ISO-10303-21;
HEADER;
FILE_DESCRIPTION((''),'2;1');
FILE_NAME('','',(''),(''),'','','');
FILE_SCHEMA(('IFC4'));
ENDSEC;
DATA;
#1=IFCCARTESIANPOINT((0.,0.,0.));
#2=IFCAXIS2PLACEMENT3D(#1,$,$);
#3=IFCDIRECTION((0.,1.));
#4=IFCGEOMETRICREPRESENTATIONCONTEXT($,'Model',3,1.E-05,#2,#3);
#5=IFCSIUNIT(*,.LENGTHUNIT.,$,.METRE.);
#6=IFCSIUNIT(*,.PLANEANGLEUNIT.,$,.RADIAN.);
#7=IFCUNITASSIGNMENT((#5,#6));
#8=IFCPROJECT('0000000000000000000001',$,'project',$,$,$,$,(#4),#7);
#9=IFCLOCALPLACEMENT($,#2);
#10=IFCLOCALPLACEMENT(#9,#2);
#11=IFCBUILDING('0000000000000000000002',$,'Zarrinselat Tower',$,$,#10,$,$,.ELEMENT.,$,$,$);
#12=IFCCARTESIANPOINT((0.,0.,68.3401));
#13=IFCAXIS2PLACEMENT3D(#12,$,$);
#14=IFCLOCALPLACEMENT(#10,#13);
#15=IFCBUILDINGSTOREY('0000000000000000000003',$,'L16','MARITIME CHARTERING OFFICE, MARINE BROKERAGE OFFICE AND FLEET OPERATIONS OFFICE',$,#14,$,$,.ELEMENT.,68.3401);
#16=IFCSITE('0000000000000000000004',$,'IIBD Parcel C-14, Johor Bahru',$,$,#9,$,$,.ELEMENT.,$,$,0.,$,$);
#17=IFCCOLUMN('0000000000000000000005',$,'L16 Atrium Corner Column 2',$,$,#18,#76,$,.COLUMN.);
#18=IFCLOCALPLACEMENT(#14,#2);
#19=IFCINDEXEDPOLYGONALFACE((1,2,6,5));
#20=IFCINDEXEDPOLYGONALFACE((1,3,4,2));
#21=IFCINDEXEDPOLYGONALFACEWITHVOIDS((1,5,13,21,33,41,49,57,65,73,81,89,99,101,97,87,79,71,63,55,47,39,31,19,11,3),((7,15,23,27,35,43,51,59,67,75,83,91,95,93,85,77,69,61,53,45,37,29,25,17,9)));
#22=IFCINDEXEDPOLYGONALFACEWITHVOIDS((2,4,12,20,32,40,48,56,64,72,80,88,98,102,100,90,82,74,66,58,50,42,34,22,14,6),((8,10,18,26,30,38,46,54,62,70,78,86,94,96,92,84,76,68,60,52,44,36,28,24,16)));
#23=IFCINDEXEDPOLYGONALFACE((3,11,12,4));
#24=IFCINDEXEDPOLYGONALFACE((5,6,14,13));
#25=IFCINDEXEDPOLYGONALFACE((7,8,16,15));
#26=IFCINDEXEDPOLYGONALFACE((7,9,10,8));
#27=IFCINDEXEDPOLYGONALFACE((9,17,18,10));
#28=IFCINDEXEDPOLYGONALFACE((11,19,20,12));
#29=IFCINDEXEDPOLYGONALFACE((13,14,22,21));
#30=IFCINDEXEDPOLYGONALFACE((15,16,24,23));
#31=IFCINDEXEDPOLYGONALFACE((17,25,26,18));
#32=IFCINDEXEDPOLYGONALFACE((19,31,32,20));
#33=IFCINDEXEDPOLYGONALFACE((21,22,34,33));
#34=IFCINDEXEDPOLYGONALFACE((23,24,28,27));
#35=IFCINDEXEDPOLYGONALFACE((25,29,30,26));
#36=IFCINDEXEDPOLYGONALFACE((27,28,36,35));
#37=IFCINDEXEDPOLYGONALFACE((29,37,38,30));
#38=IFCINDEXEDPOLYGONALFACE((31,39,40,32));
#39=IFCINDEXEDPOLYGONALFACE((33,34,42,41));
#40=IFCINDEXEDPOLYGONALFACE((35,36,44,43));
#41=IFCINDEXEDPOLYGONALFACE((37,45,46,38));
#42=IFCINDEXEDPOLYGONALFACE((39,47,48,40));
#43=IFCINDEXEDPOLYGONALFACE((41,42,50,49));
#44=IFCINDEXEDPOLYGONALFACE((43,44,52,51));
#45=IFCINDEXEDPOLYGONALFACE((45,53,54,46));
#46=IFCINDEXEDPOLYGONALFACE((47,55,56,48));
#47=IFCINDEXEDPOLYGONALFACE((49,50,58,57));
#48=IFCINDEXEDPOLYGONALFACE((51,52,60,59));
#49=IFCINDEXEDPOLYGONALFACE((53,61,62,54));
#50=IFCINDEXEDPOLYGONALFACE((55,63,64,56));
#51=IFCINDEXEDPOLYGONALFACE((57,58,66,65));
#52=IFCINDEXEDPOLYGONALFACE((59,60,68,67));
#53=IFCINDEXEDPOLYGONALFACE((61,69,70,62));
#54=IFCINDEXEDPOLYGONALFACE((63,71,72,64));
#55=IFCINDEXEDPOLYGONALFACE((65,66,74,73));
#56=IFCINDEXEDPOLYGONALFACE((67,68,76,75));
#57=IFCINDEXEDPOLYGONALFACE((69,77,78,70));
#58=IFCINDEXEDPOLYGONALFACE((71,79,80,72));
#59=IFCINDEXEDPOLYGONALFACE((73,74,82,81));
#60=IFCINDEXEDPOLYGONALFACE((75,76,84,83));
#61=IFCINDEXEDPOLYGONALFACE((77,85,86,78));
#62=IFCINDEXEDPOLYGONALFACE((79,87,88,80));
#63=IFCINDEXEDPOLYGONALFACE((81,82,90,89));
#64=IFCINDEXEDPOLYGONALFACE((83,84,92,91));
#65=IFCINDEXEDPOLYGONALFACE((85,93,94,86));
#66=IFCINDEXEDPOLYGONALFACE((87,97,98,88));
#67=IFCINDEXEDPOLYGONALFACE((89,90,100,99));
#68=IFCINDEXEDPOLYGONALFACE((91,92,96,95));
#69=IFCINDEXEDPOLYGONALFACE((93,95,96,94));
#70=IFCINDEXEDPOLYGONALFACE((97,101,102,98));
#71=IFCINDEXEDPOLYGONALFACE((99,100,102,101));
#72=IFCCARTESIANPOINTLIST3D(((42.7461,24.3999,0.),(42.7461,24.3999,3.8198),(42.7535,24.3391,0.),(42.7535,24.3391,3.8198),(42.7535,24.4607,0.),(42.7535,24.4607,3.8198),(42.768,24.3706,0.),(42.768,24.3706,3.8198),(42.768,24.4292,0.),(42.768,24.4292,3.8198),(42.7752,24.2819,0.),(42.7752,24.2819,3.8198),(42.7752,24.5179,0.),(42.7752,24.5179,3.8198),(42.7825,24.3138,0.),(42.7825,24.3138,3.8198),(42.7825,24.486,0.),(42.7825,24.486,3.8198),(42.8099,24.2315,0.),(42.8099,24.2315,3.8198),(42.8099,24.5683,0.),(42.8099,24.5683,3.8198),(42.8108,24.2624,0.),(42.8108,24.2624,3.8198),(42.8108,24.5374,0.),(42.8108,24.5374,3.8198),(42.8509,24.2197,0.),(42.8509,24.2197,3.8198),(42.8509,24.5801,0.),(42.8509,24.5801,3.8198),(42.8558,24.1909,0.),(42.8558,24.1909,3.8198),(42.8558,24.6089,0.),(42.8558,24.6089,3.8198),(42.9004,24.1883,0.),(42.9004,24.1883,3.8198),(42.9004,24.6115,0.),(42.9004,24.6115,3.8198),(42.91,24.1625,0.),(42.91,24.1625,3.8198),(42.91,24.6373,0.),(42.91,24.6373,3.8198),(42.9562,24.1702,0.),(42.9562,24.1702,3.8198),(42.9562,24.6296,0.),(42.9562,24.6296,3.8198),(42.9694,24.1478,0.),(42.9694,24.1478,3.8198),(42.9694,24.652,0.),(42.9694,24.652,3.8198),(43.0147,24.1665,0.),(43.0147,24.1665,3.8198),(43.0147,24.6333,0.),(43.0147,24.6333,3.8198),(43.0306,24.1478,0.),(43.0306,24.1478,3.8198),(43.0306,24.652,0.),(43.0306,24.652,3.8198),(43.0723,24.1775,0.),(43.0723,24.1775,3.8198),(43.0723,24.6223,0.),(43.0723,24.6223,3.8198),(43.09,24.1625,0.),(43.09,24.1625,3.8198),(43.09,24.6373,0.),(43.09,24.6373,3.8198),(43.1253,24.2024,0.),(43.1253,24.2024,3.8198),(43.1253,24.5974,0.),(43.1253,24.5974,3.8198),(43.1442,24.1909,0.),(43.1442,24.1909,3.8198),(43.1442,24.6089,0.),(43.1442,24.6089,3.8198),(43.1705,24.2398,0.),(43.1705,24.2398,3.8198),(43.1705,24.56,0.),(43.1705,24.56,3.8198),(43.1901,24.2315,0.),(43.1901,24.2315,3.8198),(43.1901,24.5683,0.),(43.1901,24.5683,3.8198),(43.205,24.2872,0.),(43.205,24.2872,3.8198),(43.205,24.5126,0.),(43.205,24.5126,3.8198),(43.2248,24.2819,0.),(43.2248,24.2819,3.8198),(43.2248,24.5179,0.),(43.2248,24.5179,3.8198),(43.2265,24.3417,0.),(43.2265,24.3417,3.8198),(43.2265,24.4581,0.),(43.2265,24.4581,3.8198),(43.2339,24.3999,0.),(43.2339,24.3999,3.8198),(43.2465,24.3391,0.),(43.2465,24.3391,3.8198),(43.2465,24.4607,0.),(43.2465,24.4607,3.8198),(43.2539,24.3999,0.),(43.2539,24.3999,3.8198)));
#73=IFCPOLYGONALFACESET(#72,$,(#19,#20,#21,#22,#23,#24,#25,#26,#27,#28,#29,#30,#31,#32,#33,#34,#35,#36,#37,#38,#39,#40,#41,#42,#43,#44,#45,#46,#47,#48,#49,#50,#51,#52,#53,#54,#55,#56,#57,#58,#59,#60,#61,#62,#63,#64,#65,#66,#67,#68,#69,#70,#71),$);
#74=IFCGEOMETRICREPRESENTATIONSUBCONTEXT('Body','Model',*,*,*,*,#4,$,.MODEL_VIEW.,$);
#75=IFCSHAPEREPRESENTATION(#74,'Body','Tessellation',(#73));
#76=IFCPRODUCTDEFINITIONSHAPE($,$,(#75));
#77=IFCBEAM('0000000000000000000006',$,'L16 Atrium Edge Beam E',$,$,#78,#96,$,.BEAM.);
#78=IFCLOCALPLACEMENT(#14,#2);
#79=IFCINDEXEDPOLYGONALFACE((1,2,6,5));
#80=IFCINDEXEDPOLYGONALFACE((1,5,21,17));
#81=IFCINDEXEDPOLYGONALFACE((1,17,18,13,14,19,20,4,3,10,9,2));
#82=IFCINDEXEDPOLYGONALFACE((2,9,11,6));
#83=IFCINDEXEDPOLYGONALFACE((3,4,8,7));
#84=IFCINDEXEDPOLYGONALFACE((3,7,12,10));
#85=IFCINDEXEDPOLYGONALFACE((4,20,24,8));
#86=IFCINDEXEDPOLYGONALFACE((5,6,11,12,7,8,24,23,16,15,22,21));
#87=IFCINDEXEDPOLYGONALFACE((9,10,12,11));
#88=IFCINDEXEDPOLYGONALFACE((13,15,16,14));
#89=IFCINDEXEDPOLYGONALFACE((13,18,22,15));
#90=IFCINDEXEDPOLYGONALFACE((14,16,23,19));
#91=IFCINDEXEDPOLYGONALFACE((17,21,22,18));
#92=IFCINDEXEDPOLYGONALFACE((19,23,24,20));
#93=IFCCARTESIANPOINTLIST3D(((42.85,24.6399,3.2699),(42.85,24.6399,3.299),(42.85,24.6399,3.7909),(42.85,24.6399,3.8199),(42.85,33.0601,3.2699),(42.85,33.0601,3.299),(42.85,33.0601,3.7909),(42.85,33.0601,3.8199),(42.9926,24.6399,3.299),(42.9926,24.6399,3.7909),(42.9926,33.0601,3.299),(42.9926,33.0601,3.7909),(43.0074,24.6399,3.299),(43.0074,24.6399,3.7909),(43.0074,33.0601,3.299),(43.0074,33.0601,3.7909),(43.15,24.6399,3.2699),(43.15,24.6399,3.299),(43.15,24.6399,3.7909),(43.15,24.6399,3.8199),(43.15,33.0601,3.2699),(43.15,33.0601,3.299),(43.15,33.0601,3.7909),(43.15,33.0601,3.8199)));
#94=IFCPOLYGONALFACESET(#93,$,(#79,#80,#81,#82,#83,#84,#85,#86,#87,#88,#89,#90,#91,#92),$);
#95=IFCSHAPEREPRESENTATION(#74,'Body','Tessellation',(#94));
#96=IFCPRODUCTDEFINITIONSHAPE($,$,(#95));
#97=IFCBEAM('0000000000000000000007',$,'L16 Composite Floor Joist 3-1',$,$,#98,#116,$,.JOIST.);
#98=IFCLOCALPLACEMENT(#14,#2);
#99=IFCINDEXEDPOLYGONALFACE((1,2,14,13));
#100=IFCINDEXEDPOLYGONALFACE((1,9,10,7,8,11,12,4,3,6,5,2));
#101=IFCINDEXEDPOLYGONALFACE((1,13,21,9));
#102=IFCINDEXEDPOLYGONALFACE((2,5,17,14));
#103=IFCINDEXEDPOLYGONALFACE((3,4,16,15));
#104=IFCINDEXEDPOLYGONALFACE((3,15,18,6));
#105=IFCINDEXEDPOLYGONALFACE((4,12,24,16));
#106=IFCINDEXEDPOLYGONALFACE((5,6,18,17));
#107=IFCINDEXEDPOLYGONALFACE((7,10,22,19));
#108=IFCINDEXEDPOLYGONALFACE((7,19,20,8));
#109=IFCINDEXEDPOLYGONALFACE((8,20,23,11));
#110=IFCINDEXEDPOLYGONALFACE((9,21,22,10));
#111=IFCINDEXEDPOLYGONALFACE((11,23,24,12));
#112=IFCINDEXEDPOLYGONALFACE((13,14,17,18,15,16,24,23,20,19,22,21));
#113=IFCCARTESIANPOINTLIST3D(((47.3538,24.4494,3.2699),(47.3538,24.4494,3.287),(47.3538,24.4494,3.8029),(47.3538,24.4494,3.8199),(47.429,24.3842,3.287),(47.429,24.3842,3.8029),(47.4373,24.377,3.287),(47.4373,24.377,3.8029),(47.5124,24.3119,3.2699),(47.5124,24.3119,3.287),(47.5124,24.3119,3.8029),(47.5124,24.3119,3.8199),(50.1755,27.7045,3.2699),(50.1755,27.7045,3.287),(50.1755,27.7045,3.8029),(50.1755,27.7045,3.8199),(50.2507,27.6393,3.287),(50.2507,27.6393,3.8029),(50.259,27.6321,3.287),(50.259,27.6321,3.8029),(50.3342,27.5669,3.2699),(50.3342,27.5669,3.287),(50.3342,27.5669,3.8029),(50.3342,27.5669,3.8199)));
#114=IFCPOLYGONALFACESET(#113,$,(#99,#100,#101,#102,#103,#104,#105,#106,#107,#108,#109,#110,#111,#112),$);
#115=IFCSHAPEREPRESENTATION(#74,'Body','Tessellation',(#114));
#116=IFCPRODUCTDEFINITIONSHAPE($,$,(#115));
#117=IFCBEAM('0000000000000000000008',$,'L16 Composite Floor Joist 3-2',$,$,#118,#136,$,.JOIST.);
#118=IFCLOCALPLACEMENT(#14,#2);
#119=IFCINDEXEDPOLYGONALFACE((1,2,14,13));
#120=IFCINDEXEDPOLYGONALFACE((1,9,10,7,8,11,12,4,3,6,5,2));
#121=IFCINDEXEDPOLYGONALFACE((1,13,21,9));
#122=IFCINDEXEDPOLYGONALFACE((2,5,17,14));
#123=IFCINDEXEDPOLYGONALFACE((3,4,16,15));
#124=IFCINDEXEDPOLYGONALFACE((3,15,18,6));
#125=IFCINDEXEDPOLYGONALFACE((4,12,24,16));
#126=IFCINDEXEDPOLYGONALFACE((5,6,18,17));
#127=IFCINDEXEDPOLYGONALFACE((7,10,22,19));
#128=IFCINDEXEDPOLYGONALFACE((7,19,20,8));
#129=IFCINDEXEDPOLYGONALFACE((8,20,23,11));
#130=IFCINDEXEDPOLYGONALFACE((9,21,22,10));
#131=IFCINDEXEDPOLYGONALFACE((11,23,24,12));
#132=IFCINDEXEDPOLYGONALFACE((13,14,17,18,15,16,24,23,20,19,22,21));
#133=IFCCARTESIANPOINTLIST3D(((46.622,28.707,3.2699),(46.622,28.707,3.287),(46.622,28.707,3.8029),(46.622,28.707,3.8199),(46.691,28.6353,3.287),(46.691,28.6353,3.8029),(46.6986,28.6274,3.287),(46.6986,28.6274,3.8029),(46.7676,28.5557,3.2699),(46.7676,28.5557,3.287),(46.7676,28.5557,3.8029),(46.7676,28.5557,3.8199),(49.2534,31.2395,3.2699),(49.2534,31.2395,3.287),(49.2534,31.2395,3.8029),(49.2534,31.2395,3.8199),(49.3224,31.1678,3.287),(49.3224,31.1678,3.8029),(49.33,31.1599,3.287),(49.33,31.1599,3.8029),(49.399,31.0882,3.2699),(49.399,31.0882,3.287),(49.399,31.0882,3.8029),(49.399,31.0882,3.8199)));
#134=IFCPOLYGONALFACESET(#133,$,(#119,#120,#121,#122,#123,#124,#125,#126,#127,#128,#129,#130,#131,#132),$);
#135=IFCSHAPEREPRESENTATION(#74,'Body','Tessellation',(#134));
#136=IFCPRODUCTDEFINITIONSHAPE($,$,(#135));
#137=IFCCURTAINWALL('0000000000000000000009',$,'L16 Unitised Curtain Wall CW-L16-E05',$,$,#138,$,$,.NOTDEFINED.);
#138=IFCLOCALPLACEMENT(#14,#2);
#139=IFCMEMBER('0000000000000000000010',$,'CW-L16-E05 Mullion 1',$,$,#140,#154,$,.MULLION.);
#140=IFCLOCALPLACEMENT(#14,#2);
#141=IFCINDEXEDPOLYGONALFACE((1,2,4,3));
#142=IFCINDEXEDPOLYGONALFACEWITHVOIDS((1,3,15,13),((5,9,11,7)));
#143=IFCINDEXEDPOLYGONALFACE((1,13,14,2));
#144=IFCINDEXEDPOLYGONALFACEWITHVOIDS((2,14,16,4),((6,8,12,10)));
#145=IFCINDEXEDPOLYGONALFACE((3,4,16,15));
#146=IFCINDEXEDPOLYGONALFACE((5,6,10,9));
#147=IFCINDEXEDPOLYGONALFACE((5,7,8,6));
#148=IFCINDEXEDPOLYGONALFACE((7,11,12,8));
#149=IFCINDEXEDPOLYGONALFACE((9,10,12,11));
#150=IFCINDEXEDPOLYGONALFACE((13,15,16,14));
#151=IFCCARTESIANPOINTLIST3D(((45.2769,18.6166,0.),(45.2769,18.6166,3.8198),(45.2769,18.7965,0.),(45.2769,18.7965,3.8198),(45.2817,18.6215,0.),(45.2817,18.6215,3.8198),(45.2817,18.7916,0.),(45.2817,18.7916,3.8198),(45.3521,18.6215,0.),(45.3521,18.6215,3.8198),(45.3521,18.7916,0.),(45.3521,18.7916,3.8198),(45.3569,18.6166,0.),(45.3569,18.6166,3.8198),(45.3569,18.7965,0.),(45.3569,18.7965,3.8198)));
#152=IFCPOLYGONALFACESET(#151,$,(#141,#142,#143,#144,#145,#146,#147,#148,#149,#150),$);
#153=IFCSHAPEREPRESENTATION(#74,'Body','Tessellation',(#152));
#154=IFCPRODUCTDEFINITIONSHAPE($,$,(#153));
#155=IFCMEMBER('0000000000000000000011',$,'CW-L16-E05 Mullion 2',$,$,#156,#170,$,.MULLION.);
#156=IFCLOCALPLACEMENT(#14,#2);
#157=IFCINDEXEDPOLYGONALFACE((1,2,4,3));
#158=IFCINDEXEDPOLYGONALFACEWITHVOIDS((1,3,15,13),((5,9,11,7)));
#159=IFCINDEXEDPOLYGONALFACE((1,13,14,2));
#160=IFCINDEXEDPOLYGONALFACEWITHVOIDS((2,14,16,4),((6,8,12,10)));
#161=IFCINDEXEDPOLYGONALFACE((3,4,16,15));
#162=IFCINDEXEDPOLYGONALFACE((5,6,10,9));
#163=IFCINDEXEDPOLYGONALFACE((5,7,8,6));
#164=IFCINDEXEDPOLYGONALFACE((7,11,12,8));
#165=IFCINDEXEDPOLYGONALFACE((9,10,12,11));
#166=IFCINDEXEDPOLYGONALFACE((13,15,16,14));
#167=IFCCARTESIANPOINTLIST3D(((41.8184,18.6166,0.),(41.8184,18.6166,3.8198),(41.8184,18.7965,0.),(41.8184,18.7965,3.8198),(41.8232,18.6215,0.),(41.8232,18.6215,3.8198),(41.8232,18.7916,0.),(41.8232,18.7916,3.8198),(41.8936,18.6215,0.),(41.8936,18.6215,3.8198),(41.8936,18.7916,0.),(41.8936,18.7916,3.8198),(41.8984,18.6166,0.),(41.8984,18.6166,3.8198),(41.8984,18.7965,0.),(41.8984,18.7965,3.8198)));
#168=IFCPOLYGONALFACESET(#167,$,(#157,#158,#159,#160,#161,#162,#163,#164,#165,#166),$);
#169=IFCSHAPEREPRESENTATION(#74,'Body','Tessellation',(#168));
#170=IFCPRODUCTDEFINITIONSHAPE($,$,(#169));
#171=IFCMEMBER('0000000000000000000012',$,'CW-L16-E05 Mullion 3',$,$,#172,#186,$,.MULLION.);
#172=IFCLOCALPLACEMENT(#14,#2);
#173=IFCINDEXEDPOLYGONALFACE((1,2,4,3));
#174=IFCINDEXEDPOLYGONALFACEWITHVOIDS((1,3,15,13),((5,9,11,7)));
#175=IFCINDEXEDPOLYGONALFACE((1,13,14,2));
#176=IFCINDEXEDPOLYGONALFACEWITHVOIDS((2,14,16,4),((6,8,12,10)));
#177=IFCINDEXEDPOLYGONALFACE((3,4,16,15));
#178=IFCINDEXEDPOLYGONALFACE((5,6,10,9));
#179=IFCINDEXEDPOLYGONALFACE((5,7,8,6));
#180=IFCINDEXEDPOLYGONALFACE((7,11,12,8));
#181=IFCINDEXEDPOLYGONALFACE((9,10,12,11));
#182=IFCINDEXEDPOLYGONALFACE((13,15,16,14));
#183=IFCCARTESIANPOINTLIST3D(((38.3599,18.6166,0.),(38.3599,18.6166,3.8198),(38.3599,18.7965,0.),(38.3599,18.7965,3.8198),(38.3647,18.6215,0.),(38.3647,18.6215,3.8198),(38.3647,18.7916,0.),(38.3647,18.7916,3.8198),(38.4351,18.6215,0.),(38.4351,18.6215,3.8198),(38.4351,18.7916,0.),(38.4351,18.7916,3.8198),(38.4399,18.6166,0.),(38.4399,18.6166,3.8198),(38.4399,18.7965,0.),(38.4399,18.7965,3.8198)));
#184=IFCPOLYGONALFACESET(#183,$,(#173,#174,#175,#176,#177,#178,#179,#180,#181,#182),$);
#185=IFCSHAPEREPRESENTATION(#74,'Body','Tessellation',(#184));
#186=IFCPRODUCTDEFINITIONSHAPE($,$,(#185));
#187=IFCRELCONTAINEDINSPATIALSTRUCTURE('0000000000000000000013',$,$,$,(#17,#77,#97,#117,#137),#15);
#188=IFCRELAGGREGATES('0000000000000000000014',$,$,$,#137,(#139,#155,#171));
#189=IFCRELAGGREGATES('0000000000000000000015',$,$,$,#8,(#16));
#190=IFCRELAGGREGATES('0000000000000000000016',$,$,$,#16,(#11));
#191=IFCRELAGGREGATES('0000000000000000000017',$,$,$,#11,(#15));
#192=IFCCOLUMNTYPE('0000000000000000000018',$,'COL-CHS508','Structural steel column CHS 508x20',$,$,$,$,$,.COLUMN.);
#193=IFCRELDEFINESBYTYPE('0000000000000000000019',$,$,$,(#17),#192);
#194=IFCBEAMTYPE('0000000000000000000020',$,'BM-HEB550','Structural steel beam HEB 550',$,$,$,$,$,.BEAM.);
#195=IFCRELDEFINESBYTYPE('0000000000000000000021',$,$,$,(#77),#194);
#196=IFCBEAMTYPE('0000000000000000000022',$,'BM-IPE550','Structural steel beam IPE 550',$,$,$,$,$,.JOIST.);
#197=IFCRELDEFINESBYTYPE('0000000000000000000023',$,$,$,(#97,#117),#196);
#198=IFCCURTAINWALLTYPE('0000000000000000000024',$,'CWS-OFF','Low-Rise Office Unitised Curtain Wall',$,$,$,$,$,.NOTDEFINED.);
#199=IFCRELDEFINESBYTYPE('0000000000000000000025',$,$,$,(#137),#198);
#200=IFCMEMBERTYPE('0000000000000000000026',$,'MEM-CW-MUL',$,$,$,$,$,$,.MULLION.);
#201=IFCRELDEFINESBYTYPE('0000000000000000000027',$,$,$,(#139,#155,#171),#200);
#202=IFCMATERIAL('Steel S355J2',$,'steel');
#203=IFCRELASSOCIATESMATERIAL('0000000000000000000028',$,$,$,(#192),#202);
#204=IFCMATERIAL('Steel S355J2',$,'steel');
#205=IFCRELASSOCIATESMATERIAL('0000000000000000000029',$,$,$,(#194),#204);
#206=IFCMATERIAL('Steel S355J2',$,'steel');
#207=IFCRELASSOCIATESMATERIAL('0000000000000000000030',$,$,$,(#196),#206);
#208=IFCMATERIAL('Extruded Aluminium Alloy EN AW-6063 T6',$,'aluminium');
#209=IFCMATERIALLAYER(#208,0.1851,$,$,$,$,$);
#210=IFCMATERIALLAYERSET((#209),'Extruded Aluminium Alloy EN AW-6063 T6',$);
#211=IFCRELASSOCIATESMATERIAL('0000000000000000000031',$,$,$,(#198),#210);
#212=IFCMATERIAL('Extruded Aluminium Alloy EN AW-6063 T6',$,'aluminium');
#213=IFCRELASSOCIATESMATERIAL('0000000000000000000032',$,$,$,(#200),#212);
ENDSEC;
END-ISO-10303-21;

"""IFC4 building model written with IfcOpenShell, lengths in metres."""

from ifc_helpers import new_model, si_unit, direction, frame, origin, origin_2d, place, context, subcontext, project, spatial, hollow_rectangle, hollow_circle, i_section, extrude, material, layer, layer_set, material_profile, profile_set, type_object, element, aggregate, save


model = new_model("IFC4")

# Units and contexts
model_context = context("Model", 3, precision=1e-05, world=origin(), true_north=direction((0.0, 1.0)))
body_context = subcontext(model_context, "Body", "Model", "MODEL_VIEW")
ifc_project = project(units=[si_unit("LENGTHUNIT", "METRE"), si_unit("PLANEANGLEUNIT", "RADIAN")], contexts=[model_context])

# Site, building, storey
site_placement = place(None, origin())
site = spatial("IfcSite", under=ifc_project, at=site_placement, Name="IIBD Parcel C-14, Johor Bahru", CompositionType="ELEMENT", RefElevation=0.0)
building_placement = place(site_placement, origin())
building = spatial("IfcBuilding", under=site, at=building_placement, Name="Zarrinselat Tower", CompositionType="ELEMENT")
storey_placement = place(building_placement, frame((0.0, 0.0, 68.3401)))
storey = spatial("IfcBuildingStorey", under=building, at=storey_placement, Name="L16", Description="MARITIME CHARTERING OFFICE, MARINE BROKERAGE OFFICE AND FLEET OPERATIONS OFFICE", CompositionType="ELEMENT", Elevation=68.3401)

# Column
ifc_material_1 = material(Name="Steel S355J2", Category="steel")
ifc_material_profile_1 = material_profile(ifc_material_1, hollow_circle(Radius=0.2539, WallThickness=0.02, at=origin_2d()), Name="CHS 508x20")
ifc_profile_set_1 = profile_set([ifc_material_profile_1], Name="Steel S355J2")
column_type = type_object("IfcColumnType", Name="COL-CHS508", Description="Structural steel column CHS 508x20", PredefinedType="COLUMN", material=ifc_profile_set_1)
column_placement = place(storey_placement, frame((43.0, 24.3999, 0.0), z_axis=(0.0, 0.0, 1.0), x_axis=(1.0, 0.0, 0.0)))
element("IfcColumn", 1, at=column_placement, inside=storey, type_object=column_type, Name="L16 Atrium Corner Column 2", PredefinedType="COLUMN", context=body_context, shape_type="SweptSolid", body=[
    extrude(hollow_circle(Radius=0.2539, WallThickness=0.02, at=origin_2d()), origin(), (0.0, 0.0, 1.0), 3.8198),
])

# Beams
ifc_material_2 = material(Name="Steel S355J2", Category="steel")
ifc_material_profile_2 = material_profile(ifc_material_2, i_section(OverallWidth=0.3, OverallDepth=0.55, WebThickness=0.0149, FlangeThickness=0.0291, at=origin_2d()), Name="HEB 550")
ifc_profile_set_2 = profile_set([ifc_material_profile_2], Name="Steel S355J2")
beam_type_1 = type_object("IfcBeamType", Name="BM-HEB550", Description="Structural steel beam HEB 550", PredefinedType="BEAM", material=ifc_profile_set_2)
beam_1_placement = place(storey_placement, frame((43.0, 24.6399, 3.5449), z_axis=(0.0, 1.0, 0.0), x_axis=(-1.0, 0.0, 0.0)))
element("IfcBeam", 2, at=beam_1_placement, inside=storey, type_object=beam_type_1, Name="L16 Atrium Edge Beam E", PredefinedType="BEAM", context=body_context, shape_type="SweptSolid", body=[
    extrude(i_section(OverallWidth=0.3, OverallDepth=0.55, WebThickness=0.0149, FlangeThickness=0.0291, at=origin_2d()), origin(), (0.0, 0.0, 1.0), 8.4202),
])
ifc_material_3 = material(Name="Steel S355J2", Category="steel")
ifc_material_profile_3 = material_profile(ifc_material_3, i_section(OverallWidth=0.21, OverallDepth=0.55, WebThickness=0.011, FlangeThickness=0.0171, at=origin_2d()), Name="IPE 550")
ifc_profile_set_3 = profile_set([ifc_material_profile_3], Name="Steel S355J2")
beam_type_2 = type_object("IfcBeamType", Name="BM-IPE550", Description="Structural steel beam IPE 550", PredefinedType="JOIST", material=ifc_profile_set_3)
beam_2_placement = place(storey_placement, frame((47.4331, 24.3806, 3.5449), z_axis=(0.655019, 0.755612, 0.0), x_axis=(-0.755612, 0.655019, 0.0)))
element("IfcBeam", 3, at=beam_2_placement, inside=storey, type_object=beam_type_2, Name="L16 Composite Floor Joist 3-1", PredefinedType="JOIST", context=body_context, shape_type="SweptSolid", body=[
    extrude(i_section(OverallWidth=0.21, OverallDepth=0.55, WebThickness=0.011, FlangeThickness=0.0171, at=origin_2d()), origin(), (0.0, 0.0, 1.0), 4.3079),
])
beam_3_placement = place(storey_placement, frame((46.6948, 28.6313, 3.5449), z_axis=(0.720514, 0.69344, 0.0), x_axis=(-0.69344, 0.720514, 0.0)))
element("IfcBeam", 4, at=beam_3_placement, inside=storey, type_object=beam_type_2, Name="L16 Composite Floor Joist 3-2", PredefinedType="JOIST", context=body_context, shape_type="SweptSolid", body=[
    extrude(i_section(OverallWidth=0.21, OverallDepth=0.55, WebThickness=0.011, FlangeThickness=0.0171, at=origin_2d()), origin(), (0.0, 0.0, 1.0), 3.6521),
])

# Curtain wall, members
ifc_material_4 = material(Name="Extruded Aluminium Alloy EN AW-6063 T6", Category="aluminium")
ifc_layer_1 = layer(ifc_material_4, 0.1851)
ifc_layer_set_1 = layer_set([ifc_layer_1], Name="Extruded Aluminium Alloy EN AW-6063 T6")
curtain_wall_type = type_object("IfcCurtainWallType", Name="CWS-OFF", Description="Low-Rise Office Unitised Curtain Wall", PredefinedType="NOTDEFINED", material=ifc_layer_set_1)
curtain_wall_placement = place(storey_placement, origin())
curtain_wall = element("IfcCurtainWall", 5, at=curtain_wall_placement, inside=storey, type_object=curtain_wall_type, Name="L16 Unitised Curtain Wall CW-L16-E05", PredefinedType="NOTDEFINED")
ifc_material_5 = material(Name="Extruded Aluminium Alloy EN AW-6063 T6", Category="aluminium")
ifc_material_profile_4 = material_profile(ifc_material_5, hollow_rectangle(XDim=0.0801, YDim=0.1799, WallThickness=0.0049, at=origin_2d()), Name="RHS 180x80x5")
ifc_profile_set_4 = profile_set([ifc_material_profile_4], Name="Extruded Aluminium Alloy EN AW-6063 T6")
member_type_1 = type_object("IfcMemberType", Name="MEM-CW-MUL", PredefinedType="MULLION", material=ifc_profile_set_4)
member_1_placement = place(storey_placement, frame((45.3169, 18.7065, 0.0), z_axis=(0.0, 0.0, 1.0), x_axis=(-1.0, 0.0, 0.0)))
member_1 = element("IfcMember", 6, at=member_1_placement, type_object=member_type_1, Name="CW-L16-E05 Mullion 1", PredefinedType="MULLION", context=body_context, shape_type="SweptSolid", body=[
    extrude(hollow_rectangle(XDim=0.0801, YDim=0.1799, WallThickness=0.0049, at=origin_2d()), origin(), (0.0, 0.0, 1.0), 3.8198),
])
member_2_placement = place(storey_placement, frame((41.8584, 18.7065, 0.0), z_axis=(0.0, 0.0, 1.0), x_axis=(-1.0, 0.0, 0.0)))
member_2 = element("IfcMember", 7, at=member_2_placement, type_object=member_type_1, Name="CW-L16-E05 Mullion 2", PredefinedType="MULLION", context=body_context, shape_type="SweptSolid", body=[
    extrude(hollow_rectangle(XDim=0.0801, YDim=0.1799, WallThickness=0.0049, at=origin_2d()), origin(), (0.0, 0.0, 1.0), 3.8198),
])
member_3_placement = place(storey_placement, frame((38.3999, 18.7065, 0.0), z_axis=(0.0, 0.0, 1.0), x_axis=(-1.0, 0.0, 0.0)))
member_3 = element("IfcMember", 8, at=member_3_placement, type_object=member_type_1, Name="CW-L16-E05 Mullion 3", PredefinedType="MULLION", context=body_context, shape_type="SweptSolid", body=[
    extrude(hollow_rectangle(XDim=0.0801, YDim=0.1799, WallThickness=0.0049, at=origin_2d()), origin(), (0.0, 0.0, 1.0), 3.8198),
])
aggregate(curtain_wall, [member_1, member_2, member_3])

save(model, "model.ifc")
